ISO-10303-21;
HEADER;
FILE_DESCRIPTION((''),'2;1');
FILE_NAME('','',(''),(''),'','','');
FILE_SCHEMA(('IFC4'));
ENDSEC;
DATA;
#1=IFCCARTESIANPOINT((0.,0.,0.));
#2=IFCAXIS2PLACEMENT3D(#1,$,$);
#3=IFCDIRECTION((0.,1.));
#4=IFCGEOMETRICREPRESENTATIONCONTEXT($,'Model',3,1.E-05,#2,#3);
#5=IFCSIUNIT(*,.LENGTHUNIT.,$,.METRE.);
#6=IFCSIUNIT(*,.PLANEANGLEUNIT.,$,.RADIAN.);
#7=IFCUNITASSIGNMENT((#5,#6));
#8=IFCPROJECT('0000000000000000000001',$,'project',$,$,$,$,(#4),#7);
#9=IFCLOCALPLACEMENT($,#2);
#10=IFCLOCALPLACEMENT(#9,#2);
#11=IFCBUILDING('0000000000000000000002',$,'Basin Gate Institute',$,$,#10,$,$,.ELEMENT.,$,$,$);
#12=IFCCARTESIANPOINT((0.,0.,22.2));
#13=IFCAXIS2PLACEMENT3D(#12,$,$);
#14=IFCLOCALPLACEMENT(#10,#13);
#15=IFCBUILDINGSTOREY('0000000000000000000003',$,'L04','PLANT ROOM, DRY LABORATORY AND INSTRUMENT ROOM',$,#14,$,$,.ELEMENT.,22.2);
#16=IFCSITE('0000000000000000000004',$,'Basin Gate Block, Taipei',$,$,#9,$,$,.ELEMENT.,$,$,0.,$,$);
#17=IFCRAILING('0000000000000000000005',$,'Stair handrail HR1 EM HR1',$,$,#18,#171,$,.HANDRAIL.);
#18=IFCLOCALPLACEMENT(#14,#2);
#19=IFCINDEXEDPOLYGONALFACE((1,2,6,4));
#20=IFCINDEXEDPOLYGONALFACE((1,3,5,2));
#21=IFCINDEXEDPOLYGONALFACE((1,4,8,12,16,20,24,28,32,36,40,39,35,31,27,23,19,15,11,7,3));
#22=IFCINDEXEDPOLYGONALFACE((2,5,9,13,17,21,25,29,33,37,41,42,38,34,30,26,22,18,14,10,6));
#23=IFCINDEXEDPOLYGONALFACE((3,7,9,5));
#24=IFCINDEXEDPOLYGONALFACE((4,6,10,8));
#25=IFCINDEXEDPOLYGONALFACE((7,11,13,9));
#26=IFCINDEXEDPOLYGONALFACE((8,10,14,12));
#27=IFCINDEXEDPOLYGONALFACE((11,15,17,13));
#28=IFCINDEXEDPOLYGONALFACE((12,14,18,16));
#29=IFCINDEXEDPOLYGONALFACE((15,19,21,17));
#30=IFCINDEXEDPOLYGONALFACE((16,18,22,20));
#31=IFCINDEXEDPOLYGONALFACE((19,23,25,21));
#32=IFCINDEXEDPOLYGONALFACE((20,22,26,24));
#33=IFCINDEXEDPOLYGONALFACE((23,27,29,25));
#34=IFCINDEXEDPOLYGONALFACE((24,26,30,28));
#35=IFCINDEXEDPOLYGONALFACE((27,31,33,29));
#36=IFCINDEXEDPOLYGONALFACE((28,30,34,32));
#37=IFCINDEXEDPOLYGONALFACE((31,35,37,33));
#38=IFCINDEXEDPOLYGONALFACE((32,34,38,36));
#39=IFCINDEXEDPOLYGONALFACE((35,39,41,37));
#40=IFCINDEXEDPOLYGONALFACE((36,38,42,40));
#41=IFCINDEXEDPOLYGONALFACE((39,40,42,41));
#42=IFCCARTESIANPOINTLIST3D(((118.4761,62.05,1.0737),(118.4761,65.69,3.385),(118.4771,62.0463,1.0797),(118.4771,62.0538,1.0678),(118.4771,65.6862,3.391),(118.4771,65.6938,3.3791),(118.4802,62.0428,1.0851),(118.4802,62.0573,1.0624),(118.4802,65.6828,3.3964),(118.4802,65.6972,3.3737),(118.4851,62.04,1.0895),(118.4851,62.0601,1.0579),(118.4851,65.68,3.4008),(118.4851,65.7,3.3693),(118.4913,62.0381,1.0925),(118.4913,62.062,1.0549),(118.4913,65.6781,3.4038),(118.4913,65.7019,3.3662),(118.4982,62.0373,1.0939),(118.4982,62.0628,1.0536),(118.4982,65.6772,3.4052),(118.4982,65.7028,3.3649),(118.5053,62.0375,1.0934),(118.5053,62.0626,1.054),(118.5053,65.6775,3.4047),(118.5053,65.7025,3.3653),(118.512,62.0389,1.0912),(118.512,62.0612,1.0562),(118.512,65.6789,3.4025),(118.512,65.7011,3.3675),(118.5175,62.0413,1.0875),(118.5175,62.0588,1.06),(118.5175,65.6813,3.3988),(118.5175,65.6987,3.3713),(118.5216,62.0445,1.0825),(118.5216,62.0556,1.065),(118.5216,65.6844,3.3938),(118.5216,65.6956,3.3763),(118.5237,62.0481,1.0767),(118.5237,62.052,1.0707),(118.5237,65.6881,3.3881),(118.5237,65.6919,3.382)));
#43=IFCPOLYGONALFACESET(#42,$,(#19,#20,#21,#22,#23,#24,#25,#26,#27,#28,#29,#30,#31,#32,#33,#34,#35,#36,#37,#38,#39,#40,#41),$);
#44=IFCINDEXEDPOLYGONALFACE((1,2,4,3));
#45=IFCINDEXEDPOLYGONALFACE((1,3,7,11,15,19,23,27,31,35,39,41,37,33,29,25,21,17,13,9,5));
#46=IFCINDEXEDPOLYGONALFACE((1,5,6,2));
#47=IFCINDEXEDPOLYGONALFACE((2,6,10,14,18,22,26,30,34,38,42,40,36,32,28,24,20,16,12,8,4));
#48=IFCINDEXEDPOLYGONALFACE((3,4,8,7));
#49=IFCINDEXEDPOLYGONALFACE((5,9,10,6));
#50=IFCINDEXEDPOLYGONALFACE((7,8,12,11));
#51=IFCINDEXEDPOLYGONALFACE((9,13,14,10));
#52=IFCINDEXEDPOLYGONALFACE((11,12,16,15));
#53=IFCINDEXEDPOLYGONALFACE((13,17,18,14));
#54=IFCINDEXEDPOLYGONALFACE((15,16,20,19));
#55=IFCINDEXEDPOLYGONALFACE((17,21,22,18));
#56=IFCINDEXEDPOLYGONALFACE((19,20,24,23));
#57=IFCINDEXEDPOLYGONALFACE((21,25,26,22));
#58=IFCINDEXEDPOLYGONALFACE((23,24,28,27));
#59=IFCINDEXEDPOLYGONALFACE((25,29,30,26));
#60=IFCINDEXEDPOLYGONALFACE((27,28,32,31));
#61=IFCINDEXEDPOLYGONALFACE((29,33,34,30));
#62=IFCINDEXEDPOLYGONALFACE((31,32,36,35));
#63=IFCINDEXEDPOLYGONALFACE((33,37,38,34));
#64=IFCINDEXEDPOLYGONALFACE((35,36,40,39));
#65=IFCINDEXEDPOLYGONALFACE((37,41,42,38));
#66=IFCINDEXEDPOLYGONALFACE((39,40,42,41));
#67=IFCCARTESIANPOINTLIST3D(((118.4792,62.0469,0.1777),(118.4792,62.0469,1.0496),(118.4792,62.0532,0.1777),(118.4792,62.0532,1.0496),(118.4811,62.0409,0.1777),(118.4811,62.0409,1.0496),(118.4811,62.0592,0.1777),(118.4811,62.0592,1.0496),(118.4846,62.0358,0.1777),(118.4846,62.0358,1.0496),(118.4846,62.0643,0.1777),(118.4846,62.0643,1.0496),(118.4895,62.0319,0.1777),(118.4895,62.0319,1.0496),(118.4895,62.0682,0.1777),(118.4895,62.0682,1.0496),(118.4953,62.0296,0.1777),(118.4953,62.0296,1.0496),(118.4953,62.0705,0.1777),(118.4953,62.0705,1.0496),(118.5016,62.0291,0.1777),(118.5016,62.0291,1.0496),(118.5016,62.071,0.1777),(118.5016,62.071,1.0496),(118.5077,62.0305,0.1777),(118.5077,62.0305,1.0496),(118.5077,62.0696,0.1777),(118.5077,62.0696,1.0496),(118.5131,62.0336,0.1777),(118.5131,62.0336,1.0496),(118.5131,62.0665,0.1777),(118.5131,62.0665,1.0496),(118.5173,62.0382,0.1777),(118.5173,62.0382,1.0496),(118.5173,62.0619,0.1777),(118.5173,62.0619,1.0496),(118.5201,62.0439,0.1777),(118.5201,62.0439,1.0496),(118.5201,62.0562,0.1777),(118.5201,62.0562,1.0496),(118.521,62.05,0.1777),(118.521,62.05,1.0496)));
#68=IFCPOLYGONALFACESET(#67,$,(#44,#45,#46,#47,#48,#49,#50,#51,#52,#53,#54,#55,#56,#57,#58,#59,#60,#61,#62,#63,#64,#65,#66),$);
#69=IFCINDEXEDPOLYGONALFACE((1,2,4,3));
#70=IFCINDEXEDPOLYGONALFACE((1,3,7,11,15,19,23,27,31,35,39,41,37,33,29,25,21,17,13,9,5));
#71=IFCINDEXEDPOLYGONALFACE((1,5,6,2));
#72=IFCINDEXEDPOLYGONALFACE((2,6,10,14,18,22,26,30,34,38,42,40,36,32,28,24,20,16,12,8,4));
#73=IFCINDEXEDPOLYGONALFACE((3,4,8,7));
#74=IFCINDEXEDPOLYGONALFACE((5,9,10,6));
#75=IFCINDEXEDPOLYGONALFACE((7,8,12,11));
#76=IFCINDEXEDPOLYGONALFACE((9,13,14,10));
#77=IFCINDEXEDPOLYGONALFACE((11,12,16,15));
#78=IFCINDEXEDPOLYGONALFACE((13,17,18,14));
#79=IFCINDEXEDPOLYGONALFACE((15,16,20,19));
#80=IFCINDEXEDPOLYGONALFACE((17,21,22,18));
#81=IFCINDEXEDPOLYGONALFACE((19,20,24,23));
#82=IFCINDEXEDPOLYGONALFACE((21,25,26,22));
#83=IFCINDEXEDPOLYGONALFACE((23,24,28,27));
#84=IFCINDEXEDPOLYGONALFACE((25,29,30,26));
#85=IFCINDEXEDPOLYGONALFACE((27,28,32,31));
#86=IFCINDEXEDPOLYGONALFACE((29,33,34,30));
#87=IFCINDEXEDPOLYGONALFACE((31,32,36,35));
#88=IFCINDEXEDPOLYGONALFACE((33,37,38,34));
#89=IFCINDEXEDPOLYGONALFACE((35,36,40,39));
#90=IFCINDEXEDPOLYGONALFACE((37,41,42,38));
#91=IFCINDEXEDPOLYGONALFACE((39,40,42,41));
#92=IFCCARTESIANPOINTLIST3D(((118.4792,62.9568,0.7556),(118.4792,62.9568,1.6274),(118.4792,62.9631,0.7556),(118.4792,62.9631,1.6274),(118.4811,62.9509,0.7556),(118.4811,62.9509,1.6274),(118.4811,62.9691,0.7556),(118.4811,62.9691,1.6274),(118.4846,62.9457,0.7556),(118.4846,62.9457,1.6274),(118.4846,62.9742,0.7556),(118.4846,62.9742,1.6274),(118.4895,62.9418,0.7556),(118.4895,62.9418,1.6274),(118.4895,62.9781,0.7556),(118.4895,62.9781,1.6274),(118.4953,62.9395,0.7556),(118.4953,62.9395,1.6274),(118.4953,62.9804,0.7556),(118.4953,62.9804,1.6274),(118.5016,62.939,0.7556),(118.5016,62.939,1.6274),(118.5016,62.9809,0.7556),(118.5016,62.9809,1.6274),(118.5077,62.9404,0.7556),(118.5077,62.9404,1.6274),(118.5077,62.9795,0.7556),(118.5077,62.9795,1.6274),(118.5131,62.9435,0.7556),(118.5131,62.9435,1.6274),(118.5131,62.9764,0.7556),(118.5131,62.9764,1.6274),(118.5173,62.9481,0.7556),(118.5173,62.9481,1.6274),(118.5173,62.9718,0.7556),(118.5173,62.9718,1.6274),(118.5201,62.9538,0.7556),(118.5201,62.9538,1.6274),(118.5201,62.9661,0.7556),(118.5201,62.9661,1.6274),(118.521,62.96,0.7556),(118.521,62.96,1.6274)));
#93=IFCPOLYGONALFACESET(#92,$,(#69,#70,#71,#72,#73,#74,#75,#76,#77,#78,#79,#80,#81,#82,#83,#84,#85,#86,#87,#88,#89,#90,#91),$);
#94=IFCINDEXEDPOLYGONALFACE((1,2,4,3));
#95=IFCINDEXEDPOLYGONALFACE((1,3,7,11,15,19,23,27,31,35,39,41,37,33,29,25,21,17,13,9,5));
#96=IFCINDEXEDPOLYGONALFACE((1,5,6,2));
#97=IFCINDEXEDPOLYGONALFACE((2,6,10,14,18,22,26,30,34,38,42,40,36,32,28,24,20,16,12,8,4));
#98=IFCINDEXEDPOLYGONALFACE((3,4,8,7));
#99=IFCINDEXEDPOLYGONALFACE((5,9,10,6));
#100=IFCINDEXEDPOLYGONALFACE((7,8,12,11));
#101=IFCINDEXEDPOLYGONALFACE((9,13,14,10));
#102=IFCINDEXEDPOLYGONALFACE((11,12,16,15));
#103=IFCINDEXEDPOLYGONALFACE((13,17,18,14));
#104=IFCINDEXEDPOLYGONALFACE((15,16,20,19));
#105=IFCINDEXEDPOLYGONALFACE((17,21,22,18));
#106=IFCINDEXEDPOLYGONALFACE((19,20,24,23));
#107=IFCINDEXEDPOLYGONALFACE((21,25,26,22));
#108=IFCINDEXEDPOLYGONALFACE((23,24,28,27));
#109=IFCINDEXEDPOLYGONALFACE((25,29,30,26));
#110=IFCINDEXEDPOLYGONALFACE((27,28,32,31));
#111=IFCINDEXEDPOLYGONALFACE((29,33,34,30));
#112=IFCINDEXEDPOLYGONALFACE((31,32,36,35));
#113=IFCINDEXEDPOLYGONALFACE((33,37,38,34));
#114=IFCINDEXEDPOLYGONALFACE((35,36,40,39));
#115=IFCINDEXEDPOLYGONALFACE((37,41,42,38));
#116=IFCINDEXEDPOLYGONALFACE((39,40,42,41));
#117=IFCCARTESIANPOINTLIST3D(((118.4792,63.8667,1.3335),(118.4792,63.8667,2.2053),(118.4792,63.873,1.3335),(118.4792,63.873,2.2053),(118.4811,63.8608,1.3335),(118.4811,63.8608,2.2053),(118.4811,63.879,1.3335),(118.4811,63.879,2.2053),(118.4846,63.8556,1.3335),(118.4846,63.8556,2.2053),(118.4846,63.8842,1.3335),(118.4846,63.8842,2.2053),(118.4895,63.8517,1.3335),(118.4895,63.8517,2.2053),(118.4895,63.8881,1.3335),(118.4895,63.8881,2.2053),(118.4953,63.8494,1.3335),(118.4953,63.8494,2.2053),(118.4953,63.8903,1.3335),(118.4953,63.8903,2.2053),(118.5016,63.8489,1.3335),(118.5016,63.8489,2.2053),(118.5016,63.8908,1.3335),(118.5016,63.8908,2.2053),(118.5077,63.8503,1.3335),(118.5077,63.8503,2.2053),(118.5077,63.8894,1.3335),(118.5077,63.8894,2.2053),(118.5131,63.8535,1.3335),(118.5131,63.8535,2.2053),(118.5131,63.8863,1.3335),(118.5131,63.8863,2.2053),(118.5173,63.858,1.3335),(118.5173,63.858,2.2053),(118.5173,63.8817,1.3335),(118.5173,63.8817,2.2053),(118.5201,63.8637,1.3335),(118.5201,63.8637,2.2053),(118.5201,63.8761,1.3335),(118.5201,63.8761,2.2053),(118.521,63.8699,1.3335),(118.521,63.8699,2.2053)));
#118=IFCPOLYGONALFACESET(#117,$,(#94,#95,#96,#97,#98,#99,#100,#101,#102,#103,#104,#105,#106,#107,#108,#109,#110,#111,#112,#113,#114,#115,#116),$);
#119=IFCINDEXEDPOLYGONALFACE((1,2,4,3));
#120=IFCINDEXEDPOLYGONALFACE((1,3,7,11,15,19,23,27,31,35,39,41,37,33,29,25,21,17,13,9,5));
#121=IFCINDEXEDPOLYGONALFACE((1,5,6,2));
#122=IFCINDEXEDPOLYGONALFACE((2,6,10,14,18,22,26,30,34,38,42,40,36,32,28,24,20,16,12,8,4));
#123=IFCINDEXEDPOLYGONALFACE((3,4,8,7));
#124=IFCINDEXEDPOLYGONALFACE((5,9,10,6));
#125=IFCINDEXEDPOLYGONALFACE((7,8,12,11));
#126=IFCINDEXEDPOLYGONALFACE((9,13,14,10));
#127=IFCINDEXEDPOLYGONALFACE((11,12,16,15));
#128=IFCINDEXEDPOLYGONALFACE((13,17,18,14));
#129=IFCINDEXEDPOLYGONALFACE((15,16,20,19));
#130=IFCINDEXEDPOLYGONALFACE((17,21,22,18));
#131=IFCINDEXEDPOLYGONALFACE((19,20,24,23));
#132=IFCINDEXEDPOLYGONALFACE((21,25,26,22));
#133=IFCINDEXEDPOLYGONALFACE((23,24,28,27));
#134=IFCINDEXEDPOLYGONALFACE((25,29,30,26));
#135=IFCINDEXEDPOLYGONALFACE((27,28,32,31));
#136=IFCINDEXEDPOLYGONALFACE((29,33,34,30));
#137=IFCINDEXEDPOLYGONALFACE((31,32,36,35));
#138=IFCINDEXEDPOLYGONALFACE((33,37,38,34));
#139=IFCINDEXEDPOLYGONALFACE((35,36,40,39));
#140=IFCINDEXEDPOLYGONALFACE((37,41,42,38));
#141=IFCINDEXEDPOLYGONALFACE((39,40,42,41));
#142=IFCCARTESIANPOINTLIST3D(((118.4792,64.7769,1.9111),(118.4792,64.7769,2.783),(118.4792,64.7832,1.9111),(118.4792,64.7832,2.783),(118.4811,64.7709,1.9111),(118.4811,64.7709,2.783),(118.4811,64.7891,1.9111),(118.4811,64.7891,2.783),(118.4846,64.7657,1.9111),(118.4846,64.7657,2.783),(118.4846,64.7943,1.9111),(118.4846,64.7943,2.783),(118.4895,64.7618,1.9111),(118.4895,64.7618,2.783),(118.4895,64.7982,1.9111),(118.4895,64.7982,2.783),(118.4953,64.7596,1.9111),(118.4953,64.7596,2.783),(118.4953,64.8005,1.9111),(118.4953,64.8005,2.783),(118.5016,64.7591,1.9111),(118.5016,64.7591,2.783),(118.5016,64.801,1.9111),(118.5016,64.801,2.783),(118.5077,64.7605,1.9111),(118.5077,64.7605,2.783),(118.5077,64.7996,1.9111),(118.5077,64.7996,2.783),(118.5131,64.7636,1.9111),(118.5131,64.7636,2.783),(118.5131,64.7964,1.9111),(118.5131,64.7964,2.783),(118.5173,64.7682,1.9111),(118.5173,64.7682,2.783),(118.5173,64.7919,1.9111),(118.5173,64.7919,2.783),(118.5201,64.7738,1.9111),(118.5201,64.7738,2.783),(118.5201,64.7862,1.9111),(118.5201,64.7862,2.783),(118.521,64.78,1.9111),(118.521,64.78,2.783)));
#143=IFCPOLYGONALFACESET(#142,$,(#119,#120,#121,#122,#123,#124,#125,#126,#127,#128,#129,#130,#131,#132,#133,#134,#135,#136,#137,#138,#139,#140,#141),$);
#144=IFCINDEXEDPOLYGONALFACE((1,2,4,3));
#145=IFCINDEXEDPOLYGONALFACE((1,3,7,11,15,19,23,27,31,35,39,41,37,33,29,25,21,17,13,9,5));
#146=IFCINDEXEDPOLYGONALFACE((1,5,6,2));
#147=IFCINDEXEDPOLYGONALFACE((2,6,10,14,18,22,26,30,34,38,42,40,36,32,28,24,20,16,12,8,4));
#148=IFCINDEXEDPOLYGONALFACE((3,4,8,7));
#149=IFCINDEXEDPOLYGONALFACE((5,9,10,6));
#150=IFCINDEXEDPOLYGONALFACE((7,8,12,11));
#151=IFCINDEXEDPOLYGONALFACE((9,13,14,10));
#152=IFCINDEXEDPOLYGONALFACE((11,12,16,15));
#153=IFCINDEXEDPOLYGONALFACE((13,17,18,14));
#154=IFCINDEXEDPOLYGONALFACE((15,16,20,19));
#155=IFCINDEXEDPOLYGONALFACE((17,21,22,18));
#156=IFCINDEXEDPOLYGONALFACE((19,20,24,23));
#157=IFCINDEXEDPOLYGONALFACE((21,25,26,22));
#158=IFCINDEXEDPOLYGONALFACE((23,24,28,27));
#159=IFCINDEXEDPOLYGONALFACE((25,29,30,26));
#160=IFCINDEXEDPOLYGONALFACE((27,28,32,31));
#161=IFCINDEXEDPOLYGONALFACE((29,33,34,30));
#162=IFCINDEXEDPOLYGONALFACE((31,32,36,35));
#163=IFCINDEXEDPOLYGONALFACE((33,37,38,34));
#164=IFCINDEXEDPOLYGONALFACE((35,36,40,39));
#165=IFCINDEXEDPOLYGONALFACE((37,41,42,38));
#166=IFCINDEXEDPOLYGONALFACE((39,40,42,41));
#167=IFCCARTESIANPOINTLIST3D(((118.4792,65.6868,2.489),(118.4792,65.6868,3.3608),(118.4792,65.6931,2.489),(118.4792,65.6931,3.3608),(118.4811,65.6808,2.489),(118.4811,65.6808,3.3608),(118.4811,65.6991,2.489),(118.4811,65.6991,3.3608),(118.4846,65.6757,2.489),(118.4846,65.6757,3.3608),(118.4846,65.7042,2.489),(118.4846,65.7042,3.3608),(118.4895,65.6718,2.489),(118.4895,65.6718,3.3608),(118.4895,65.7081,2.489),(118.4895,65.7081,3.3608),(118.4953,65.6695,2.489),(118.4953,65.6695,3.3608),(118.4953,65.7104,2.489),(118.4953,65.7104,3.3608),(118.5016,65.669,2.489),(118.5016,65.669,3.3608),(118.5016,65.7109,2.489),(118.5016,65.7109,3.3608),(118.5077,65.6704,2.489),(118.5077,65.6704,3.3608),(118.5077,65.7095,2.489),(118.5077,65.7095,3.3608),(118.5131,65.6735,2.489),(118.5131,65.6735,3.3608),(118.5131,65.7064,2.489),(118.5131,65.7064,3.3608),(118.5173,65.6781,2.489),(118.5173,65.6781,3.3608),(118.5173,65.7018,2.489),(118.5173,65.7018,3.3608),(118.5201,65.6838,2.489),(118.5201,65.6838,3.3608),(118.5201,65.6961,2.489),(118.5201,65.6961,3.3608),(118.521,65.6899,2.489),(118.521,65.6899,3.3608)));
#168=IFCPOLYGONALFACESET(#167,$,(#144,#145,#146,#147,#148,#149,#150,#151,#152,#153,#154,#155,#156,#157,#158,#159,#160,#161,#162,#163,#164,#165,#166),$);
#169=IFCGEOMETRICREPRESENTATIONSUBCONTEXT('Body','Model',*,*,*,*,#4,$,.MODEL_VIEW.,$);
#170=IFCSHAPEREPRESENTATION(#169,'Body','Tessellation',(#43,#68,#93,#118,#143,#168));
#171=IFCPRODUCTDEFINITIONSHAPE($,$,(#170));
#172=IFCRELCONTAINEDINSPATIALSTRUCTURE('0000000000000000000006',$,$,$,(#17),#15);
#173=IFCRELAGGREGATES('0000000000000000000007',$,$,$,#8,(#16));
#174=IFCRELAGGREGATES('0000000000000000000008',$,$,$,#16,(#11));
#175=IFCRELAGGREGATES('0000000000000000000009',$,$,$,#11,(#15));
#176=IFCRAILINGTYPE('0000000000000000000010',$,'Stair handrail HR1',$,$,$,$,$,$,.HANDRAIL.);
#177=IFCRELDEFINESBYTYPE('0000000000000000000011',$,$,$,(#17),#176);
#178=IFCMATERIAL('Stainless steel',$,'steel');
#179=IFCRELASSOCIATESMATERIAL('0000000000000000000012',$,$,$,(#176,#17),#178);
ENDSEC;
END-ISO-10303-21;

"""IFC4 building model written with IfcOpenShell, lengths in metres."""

from ifc_helpers import new_model, si_unit, direction, frame, origin, origin_2d, place, context, subcontext, project, spatial, circle, extrude, material, type_object, element, save


model = new_model("IFC4")

# Units and contexts
model_context = context("Model", 3, precision=1e-05, world=origin(), true_north=direction((0.0, 1.0)))
body_context = subcontext(model_context, "Body", "Model", "MODEL_VIEW")
ifc_project = project(units=[si_unit("LENGTHUNIT", "METRE"), si_unit("PLANEANGLEUNIT", "RADIAN")], contexts=[model_context])

# Site, building, storey
site_placement = place(None, origin())
site = spatial("IfcSite", under=ifc_project, at=site_placement, Name="Basin Gate Block, Taipei", CompositionType="ELEMENT", RefElevation=0.0)
building_placement = place(site_placement, origin())
building = spatial("IfcBuilding", under=site, at=building_placement, Name="Basin Gate Institute", CompositionType="ELEMENT")
storey_placement = place(building_placement, frame((0.0, 0.0, 22.2)))
storey = spatial("IfcBuildingStorey", under=building, at=storey_placement, Name="L04", Description="PLANT ROOM, DRY LABORATORY AND INSTRUMENT ROOM", CompositionType="ELEMENT", Elevation=22.2)

# Railing
ifc_material_1 = material(Name="Stainless steel", Category="steel")
railing_type_1 = type_object("IfcRailingType", Name="Stair handrail HR1", PredefinedType="HANDRAIL", material=ifc_material_1)
for number, where, name in (
    (1, (118.5, 62.05, 0.1777), "Stair handrail HR1 EM HR1"),
):
    element("IfcRailing", number, at=place(storey_placement, frame(where)), inside=storey, type_object=railing_type_1, material=ifc_material_1, Name=name, PredefinedType="HANDRAIL", context=body_context, shape_type="SweptSolid", body=[
        extrude(circle(Radius=0.0239, at=origin_2d()), frame((0.0, 0.0, 0.896), z_axis=(0.0, 0.844188, 0.536047), x_axis=(-1.0, 0.0, 0.0)), (0.0, 0.0, 1.0), 4.3118),
        extrude(circle(Radius=0.021, at=origin_2d()), origin(), (0.0, 0.0, 1.0), 0.8718),
        extrude(circle(Radius=0.021, at=origin_2d()), frame((0.0, 0.9099, 0.5779)), (0.0, 0.0, 1.0), 0.8718),
        extrude(circle(Radius=0.021, at=origin_2d()), frame((0.0, 1.8198, 1.1558)), (0.0, 0.0, 1.0), 0.8718),
        extrude(circle(Radius=0.021, at=origin_2d()), frame((0.0, 2.73, 1.7334)), (0.0, 0.0, 1.0), 0.8718),
        extrude(circle(Radius=0.021, at=origin_2d()), frame((0.0, 3.6399, 2.3113)), (0.0, 0.0, 1.0), 0.8718),
    ])

save(model, "model.ifc")
